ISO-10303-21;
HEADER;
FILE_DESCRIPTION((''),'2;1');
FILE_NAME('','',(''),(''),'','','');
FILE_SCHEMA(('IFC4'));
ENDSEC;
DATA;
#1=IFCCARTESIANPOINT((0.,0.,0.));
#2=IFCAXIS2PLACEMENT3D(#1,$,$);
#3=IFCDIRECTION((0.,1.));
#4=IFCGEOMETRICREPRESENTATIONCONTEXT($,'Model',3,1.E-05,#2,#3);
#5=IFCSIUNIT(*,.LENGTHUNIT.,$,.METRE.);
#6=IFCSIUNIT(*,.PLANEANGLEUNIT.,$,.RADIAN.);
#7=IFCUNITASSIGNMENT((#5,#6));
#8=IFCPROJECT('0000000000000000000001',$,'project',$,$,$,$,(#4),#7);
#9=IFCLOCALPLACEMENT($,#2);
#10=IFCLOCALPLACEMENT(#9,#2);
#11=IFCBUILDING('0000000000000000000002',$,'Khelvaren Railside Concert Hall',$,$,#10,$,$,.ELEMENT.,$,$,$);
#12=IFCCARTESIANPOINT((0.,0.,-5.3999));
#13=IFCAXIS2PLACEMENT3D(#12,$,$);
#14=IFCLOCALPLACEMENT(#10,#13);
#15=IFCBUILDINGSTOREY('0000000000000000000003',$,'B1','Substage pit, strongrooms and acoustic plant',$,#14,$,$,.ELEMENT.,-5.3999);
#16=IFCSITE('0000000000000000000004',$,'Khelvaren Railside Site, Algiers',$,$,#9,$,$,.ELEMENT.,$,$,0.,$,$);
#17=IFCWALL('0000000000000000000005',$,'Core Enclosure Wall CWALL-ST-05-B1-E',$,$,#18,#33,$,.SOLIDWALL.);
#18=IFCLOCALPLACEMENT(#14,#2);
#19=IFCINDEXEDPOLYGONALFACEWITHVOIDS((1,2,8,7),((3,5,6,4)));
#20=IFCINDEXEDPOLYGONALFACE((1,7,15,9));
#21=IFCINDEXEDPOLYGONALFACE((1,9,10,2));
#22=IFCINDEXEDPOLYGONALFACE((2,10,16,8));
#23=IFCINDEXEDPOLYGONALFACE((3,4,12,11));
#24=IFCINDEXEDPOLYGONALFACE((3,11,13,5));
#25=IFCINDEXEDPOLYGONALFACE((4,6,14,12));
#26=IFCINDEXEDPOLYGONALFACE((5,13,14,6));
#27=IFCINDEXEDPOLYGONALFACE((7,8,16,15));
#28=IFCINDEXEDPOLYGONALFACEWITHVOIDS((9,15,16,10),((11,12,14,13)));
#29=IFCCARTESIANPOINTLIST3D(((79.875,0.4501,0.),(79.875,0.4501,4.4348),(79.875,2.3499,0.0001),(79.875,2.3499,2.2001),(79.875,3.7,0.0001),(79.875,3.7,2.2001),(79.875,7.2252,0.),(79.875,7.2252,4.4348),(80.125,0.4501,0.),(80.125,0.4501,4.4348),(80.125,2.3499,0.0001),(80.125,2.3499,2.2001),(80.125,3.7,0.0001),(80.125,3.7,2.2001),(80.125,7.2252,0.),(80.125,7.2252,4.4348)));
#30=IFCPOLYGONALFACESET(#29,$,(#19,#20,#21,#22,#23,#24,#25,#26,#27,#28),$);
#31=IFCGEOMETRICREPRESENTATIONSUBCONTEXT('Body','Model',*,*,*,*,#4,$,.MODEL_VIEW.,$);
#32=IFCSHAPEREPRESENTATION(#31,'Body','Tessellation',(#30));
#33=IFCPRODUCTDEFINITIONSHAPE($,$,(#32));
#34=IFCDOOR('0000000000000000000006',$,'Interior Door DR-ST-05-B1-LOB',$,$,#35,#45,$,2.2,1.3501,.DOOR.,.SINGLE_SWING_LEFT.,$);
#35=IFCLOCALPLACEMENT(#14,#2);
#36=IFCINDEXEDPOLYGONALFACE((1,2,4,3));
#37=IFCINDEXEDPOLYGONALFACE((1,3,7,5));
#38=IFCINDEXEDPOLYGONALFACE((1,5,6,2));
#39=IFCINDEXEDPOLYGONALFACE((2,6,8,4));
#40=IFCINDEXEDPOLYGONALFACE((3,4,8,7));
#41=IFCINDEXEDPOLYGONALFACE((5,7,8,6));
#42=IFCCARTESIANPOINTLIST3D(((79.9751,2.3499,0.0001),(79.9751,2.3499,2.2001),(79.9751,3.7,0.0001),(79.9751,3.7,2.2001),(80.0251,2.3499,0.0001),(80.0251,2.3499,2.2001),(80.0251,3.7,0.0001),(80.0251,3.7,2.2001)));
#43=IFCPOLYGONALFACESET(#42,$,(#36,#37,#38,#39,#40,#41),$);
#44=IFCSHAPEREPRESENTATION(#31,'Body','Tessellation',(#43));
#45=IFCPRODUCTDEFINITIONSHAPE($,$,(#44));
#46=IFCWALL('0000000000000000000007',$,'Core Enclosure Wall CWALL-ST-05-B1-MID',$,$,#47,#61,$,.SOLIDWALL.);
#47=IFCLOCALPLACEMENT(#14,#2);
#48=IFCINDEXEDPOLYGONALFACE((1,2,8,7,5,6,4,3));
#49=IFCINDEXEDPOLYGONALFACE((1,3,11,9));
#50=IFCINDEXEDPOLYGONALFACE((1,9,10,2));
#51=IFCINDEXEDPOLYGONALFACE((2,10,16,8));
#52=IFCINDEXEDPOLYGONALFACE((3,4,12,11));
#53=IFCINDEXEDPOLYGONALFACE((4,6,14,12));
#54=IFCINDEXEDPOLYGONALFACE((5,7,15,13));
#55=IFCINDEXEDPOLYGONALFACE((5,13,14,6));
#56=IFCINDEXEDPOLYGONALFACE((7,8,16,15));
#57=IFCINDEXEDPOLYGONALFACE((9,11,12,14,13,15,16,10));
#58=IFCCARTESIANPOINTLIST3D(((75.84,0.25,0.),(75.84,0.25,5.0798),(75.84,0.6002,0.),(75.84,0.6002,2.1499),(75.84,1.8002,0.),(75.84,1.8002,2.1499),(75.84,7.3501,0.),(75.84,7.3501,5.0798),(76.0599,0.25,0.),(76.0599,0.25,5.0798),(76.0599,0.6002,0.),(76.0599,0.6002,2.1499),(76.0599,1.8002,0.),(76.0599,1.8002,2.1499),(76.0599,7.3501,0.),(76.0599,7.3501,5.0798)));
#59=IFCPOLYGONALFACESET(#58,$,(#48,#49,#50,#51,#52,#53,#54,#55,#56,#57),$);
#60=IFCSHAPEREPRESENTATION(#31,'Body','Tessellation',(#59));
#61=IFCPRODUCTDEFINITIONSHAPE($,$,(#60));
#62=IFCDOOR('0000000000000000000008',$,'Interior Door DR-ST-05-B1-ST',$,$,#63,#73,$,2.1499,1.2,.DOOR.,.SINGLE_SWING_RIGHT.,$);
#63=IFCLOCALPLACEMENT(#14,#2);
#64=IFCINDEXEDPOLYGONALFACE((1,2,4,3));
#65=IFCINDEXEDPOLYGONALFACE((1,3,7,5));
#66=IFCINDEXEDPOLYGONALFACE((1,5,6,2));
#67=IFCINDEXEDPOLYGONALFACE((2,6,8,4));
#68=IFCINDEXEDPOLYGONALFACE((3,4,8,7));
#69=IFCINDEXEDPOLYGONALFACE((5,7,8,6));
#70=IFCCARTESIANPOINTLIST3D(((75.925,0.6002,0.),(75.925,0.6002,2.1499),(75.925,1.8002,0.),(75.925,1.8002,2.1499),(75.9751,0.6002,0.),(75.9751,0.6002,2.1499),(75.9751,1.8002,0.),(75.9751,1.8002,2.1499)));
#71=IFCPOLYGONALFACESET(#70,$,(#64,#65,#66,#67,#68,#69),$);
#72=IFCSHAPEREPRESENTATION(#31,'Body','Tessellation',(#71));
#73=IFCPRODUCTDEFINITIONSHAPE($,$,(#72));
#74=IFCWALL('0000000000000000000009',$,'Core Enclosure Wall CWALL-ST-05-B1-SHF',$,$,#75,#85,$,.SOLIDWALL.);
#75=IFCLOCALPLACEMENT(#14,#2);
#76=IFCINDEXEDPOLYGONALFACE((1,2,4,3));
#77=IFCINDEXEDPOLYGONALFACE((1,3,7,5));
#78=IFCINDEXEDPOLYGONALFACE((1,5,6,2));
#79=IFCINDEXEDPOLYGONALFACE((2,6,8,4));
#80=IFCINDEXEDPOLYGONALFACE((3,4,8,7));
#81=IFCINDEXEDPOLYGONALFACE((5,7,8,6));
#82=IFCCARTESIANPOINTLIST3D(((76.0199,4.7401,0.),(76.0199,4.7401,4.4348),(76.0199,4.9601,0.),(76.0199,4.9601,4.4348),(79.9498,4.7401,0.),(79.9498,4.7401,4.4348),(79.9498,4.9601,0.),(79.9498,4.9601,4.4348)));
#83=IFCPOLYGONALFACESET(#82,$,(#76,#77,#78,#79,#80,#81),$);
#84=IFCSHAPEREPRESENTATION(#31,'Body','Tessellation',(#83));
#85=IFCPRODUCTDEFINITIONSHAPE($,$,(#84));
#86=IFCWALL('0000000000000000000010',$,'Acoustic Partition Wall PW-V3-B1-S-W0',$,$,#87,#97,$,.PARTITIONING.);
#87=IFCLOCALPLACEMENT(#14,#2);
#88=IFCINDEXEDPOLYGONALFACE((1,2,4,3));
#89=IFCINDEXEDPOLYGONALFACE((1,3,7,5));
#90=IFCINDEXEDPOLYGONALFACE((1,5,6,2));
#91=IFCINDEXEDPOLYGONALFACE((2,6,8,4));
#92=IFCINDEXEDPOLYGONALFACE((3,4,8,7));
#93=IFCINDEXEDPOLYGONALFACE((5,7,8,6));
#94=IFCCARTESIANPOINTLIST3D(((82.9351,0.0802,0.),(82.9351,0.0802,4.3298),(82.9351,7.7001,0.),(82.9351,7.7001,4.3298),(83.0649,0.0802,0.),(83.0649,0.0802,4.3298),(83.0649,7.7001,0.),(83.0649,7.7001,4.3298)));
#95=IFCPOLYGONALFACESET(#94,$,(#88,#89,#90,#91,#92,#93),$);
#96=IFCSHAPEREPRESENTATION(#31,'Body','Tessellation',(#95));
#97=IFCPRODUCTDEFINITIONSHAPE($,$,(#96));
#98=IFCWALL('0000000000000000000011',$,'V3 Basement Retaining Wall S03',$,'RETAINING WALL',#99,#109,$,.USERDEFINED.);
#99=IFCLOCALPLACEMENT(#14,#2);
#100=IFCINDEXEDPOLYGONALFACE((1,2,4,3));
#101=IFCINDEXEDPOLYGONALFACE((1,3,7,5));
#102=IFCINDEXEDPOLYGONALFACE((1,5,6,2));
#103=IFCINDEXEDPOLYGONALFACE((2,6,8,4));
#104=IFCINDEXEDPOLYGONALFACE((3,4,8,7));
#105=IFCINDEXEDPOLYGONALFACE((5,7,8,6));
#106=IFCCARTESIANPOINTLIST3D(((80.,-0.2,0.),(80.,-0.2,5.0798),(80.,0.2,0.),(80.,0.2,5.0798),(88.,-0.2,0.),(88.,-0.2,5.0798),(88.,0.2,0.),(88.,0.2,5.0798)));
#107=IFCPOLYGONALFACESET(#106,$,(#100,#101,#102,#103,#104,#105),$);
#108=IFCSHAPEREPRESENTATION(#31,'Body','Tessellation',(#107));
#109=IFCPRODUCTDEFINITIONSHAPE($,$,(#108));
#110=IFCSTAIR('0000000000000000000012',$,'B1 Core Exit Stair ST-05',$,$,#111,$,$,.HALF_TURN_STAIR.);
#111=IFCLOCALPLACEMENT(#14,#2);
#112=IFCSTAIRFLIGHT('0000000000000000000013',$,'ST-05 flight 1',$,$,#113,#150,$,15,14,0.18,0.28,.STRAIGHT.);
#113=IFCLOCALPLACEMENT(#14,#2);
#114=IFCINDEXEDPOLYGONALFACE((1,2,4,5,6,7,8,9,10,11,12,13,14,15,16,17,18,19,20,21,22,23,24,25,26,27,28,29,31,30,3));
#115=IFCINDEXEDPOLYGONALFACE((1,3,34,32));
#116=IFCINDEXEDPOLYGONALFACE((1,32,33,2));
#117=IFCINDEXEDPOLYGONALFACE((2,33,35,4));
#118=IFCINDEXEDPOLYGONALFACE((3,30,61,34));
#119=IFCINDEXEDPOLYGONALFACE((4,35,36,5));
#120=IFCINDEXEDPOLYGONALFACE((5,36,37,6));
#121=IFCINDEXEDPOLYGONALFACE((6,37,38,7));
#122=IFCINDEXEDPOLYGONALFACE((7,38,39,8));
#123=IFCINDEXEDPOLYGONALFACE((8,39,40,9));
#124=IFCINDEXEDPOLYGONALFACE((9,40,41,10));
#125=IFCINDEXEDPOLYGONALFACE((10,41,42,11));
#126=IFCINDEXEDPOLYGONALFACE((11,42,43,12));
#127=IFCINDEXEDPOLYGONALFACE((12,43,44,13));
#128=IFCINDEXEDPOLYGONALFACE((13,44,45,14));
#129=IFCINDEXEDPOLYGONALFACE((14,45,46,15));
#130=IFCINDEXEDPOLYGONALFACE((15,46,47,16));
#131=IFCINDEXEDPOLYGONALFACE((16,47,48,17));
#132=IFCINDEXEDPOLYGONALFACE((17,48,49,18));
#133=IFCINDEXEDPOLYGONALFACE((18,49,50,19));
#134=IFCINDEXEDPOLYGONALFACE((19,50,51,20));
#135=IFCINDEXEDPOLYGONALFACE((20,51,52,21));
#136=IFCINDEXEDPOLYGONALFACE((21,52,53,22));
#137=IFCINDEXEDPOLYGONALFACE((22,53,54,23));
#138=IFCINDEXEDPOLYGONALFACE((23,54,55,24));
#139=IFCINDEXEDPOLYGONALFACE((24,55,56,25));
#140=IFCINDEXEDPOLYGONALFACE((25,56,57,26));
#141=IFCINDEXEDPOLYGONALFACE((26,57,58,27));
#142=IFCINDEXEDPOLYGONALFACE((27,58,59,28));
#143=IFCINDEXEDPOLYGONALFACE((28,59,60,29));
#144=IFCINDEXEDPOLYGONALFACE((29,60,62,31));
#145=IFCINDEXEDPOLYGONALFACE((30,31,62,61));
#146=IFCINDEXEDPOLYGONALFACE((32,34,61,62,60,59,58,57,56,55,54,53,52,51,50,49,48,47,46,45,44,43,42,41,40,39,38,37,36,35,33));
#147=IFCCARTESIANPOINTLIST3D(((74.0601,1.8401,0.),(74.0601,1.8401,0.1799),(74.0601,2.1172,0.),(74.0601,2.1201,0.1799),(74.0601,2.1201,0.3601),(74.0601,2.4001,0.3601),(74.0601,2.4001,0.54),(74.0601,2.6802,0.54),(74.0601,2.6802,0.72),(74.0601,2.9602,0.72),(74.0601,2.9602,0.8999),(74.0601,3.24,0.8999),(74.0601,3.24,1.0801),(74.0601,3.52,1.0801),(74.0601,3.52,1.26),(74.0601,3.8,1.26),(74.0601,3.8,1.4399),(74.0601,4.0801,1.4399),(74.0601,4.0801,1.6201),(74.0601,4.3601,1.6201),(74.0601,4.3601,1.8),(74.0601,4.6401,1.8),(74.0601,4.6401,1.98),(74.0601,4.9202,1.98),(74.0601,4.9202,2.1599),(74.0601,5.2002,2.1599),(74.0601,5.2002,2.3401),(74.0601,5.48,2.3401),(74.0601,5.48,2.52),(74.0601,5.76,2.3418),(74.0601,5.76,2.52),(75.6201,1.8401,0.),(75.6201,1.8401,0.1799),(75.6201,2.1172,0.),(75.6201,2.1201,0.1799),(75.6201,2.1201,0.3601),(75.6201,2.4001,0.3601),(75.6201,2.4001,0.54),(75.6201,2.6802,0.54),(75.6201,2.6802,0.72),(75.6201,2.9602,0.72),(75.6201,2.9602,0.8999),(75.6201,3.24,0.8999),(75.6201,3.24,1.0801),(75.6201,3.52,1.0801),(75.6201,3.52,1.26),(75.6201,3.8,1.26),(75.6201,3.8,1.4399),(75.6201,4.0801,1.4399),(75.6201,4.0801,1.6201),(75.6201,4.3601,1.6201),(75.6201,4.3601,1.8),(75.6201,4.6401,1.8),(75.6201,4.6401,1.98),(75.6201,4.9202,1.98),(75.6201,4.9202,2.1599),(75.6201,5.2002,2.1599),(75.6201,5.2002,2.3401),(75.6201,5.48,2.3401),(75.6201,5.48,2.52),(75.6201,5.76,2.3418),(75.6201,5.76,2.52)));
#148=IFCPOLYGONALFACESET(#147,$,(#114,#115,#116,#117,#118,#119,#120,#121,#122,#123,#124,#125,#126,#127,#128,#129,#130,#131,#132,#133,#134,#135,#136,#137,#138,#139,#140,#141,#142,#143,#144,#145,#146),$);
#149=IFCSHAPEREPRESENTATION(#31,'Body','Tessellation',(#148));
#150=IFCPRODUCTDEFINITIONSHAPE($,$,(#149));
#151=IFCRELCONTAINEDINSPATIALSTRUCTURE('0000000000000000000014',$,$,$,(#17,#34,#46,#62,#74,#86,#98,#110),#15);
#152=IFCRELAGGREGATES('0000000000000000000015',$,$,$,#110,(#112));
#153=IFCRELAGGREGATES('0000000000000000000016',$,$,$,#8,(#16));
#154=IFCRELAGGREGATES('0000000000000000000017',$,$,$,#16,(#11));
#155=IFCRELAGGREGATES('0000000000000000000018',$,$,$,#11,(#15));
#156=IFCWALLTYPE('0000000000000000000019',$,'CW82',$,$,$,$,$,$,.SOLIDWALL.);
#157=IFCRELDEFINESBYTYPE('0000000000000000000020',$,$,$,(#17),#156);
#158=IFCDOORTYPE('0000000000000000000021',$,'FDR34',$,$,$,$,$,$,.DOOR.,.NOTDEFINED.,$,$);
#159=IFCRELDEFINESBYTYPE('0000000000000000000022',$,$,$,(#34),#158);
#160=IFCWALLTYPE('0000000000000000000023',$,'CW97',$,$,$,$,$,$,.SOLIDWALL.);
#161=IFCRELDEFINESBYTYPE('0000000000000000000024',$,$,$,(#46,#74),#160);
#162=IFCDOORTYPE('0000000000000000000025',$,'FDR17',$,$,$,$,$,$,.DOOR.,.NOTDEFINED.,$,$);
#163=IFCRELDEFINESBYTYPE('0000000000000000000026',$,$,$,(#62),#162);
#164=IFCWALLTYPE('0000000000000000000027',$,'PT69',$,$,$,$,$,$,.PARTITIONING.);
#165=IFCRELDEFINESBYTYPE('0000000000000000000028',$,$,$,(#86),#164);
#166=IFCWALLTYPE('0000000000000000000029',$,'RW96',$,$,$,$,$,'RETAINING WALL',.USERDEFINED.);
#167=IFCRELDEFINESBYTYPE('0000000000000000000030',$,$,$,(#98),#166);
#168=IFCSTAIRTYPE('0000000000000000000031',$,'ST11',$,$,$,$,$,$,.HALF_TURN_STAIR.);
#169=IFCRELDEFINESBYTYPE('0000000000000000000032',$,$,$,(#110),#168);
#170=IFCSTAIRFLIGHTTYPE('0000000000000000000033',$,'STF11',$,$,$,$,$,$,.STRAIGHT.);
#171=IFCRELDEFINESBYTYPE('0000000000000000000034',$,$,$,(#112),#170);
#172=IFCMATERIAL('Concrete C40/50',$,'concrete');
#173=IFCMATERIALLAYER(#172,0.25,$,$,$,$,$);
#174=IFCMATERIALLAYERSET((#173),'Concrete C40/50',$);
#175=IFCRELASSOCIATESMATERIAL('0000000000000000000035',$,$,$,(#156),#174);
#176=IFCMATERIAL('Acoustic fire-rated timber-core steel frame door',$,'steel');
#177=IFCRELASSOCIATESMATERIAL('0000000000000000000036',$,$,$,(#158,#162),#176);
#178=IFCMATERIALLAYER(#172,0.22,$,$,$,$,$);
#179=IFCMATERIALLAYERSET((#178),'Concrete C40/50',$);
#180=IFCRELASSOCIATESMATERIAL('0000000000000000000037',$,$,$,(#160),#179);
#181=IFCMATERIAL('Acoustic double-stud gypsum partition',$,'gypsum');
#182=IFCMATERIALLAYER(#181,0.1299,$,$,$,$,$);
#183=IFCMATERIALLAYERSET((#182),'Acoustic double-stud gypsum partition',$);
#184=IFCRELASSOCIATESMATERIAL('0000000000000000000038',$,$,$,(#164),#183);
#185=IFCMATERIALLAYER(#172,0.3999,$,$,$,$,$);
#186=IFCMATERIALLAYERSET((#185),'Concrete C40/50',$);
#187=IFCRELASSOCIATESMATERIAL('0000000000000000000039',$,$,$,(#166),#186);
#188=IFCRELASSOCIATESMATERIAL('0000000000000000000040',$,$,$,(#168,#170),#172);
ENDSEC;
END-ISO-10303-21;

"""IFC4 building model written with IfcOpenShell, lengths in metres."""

from ifc_helpers import new_model, si_unit, direction, frame, frame_2d, origin, place, context, subcontext, project, spatial, polyline, rectangle, outline, extrude, material, layer, layer_set, type_object, element, fill, aggregate, save


model = new_model("IFC4")

# Units and contexts
model_context = context("Model", 3, precision=1e-05, world=origin(), true_north=direction((0.0, 1.0)))
body_context = subcontext(model_context, "Body", "Model", "MODEL_VIEW")
ifc_project = project(units=[si_unit("LENGTHUNIT", "METRE"), si_unit("PLANEANGLEUNIT", "RADIAN")], contexts=[model_context])

# Site, building, storey
site_placement = place(None, origin())
site = spatial("IfcSite", under=ifc_project, at=site_placement, Name="Khelvaren Railside Site, Algiers", CompositionType="ELEMENT", RefElevation=0.0)
building_placement = place(site_placement, origin())
building = spatial("IfcBuilding", under=site, at=building_placement, Name="Khelvaren Railside Concert Hall", CompositionType="ELEMENT")
storey_placement = place(building_placement, frame((0.0, 0.0, -5.3999)))
storey = spatial("IfcBuildingStorey", under=building, at=storey_placement, Name="B1", Description="Substage pit, strongrooms and acoustic plant", CompositionType="ELEMENT", Elevation=-5.3999)

# Walls, openings, doors
ifc_material_1 = material(Name="Concrete C40/50", Category="concrete")
ifc_layer_1 = layer(ifc_material_1, 0.25)
ifc_layer_set_1 = layer_set([ifc_layer_1], Name="Concrete C40/50")
wall_type_1 = type_object("IfcWallType", Name="CW82", PredefinedType="SOLIDWALL", material=ifc_layer_set_1)
wall_1_placement = place(storey_placement, frame((80.0, 0.45, 0.0), z_axis=(0.0, 0.0, 1.0), x_axis=(0.0, 1.0, 0.0)))
wall_1 = element("IfcWall", 1, at=wall_1_placement, inside=storey, type_object=wall_type_1, Name="Core Enclosure Wall CWALL-ST-05-B1-E", PredefinedType="SOLIDWALL", context=body_context, shape_type="SweptSolid", body=[
    extrude(rectangle(XDim=6.7751, YDim=0.25, at=frame_2d((3.3877, 0.0))), origin(), (0.0, 0.0, 1.0), 4.4348),
])
opening_1_placement = place(wall_1_placement, frame((1.8999, 0.0, 0.0)))
opening_1 = element("IfcOpeningElement", 2, at=opening_1_placement, cuts=wall_1, PredefinedType="OPENING", context=body_context, shape_type="SweptSolid", body=[
    extrude(rectangle(XDim=1.3501, YDim=2.2, at=frame_2d((0.675, 1.1001))), frame((0.0, 0.135, 0.0), z_axis=(0.0, -1.0, 0.0), x_axis=(1.0, 0.0, 0.0)), (0.0, 0.0, 1.0), 0.27),
])
ifc_material_2 = material(Name="Acoustic fire-rated timber-core steel frame door", Category="steel")
door_type_1 = type_object("IfcDoorType", Name="FDR34", OperationType="NOTDEFINED", PredefinedType="DOOR", material=ifc_material_2)
door_1_placement = place(opening_1_placement, origin())
door_1 = element("IfcDoor", 3, at=door_1_placement, inside=storey, type_object=door_type_1, Name="Interior Door DR-ST-05-B1-LOB", OperationType="SINGLE_SWING_LEFT", OverallHeight=2.2, OverallWidth=1.3501, PredefinedType="DOOR", context=body_context, shape_type="SweptSolid", body=[
    extrude(rectangle(XDim=1.3501, YDim=2.2, at=frame_2d((0.675, 1.1001))), frame((0.0, 0.0249, 0.0), z_axis=(0.0, -1.0, 0.0), x_axis=(1.0, 0.0, 0.0)), (0.0, 0.0, 1.0), 0.05),
])
fill(opening_1, door_1)
ifc_layer_2 = layer(ifc_material_1, 0.22)
ifc_layer_set_2 = layer_set([ifc_layer_2], Name="Concrete C40/50")
wall_type_2 = type_object("IfcWallType", Name="CW97", PredefinedType="SOLIDWALL", material=ifc_layer_set_2)
wall_2_placement = place(storey_placement, frame((75.95, 0.25, 0.0), z_axis=(0.0, 0.0, 1.0), x_axis=(0.0, 1.0, 0.0)))
wall_2 = element("IfcWall", 4, at=wall_2_placement, inside=storey, type_object=wall_type_2, Name="Core Enclosure Wall CWALL-ST-05-B1-MID", PredefinedType="SOLIDWALL", context=body_context, shape_type="SweptSolid", body=[
    extrude(rectangle(XDim=7.1001, YDim=0.22, at=frame_2d((3.55, 0.0))), origin(), (0.0, 0.0, 1.0), 5.0798),
])
opening_2_placement = place(wall_2_placement, frame((0.3501, 0.0, 0.0)))
opening_2 = element("IfcOpeningElement", 5, at=opening_2_placement, cuts=wall_2, PredefinedType="OPENING", context=body_context, shape_type="SweptSolid", body=[
    extrude(rectangle(XDim=1.2, YDim=2.1499, at=frame_2d((0.6001, 1.075))), frame((0.0, 0.1199, 0.0), z_axis=(0.0, -1.0, 0.0), x_axis=(1.0, 0.0, 0.0)), (0.0, 0.0, 1.0), 0.24),
])
door_type_2 = type_object("IfcDoorType", Name="FDR17", OperationType="NOTDEFINED", PredefinedType="DOOR", material=ifc_material_2)
door_2_placement = place(opening_2_placement, origin())
door_2 = element("IfcDoor", 6, at=door_2_placement, inside=storey, type_object=door_type_2, Name="Interior Door DR-ST-05-B1-ST", OperationType="SINGLE_SWING_RIGHT", OverallHeight=2.1499, OverallWidth=1.2, PredefinedType="DOOR", context=body_context, shape_type="SweptSolid", body=[
    extrude(rectangle(XDim=1.2, YDim=2.1499, at=frame_2d((0.6001, 1.075))), frame((0.0, 0.0249, 0.0), z_axis=(0.0, -1.0, 0.0), x_axis=(1.0, 0.0, 0.0)), (0.0, 0.0, 1.0), 0.05),
])
fill(opening_2, door_2)

# Walls
wall_3_placement = place(storey_placement, frame((76.02, 4.8501, 0.0), z_axis=(0.0, 0.0, 1.0), x_axis=(1.0, 0.0, 0.0)))
element("IfcWall", 7, at=wall_3_placement, inside=storey, type_object=wall_type_2, Name="Core Enclosure Wall CWALL-ST-05-B1-SHF", PredefinedType="SOLIDWALL", context=body_context, shape_type="SweptSolid", body=[
    extrude(rectangle(XDim=3.9299, YDim=0.22, at=frame_2d((1.9648, 0.0))), origin(), (0.0, 0.0, 1.0), 4.4348),
])
ifc_material_3 = material(Name="Acoustic double-stud gypsum partition", Category="gypsum")
ifc_layer_3 = layer(ifc_material_3, 0.1299)
ifc_layer_set_3 = layer_set([ifc_layer_3], Name="Acoustic double-stud gypsum partition")
wall_type_3 = type_object("IfcWallType", Name="PT69", PredefinedType="PARTITIONING", material=ifc_layer_set_3)
wall_4_placement = place(storey_placement, frame((83.0, 0.0801, 0.0), z_axis=(0.0, 0.0, 1.0), x_axis=(0.0, 1.0, 0.0)))
element("IfcWall", 8, at=wall_4_placement, inside=storey, type_object=wall_type_3, Name="Acoustic Partition Wall PW-V3-B1-S-W0", PredefinedType="PARTITIONING", context=body_context, shape_type="SweptSolid", body=[
    extrude(rectangle(XDim=7.6199, YDim=0.1299, at=frame_2d((3.8101, 0.0))), origin(), (0.0, 0.0, 1.0), 4.3298),
])
ifc_layer_4 = layer(ifc_material_1, 0.3999)
ifc_layer_set_4 = layer_set([ifc_layer_4], Name="Concrete C40/50")
wall_type_4 = type_object("IfcWallType", Name="RW96", ElementType="RETAINING WALL", PredefinedType="USERDEFINED", material=ifc_layer_set_4)
wall_5_placement = place(storey_placement, frame((80.0, 0.0, 0.0), z_axis=(0.0, 0.0, 1.0), x_axis=(1.0, 0.0, 0.0)))
element("IfcWall", 9, at=wall_5_placement, inside=storey, type_object=wall_type_4, Name="V3 Basement Retaining Wall S03", ObjectType="RETAINING WALL", PredefinedType="USERDEFINED", context=body_context, shape_type="SweptSolid", body=[
    extrude(rectangle(XDim=8.0, YDim=0.3999, at=frame_2d((4.0, 0.0))), origin(), (0.0, 0.0, 1.0), 5.0798),
])

# Stair, stair flight
stair_type = type_object("IfcStairType", Name="ST11", PredefinedType="HALF_TURN_STAIR", material=ifc_material_1)
stair_placement = place(storey_placement, origin())
stair = element("IfcStair", 10, at=stair_placement, inside=storey, type_object=stair_type, Name="B1 Core Exit Stair ST-05", PredefinedType="HALF_TURN_STAIR")
stair_flight_type = type_object("IfcStairFlightType", Name="STF11", PredefinedType="STRAIGHT", material=ifc_material_1)
stair_flight_placement = place(storey_placement, frame((74.8401, 1.8401, 0.0), z_axis=(0.0, 0.0, 1.0), x_axis=(0.0, 1.0, 0.0)))
stair_flight = element("IfcStairFlight", 11, at=stair_flight_placement, type_object=stair_flight_type, Name="ST-05 flight 1", NumberOfRisers=15, NumberOfTreads=14, PredefinedType="STRAIGHT", RiserHeight=0.18, TreadLength=0.28, context=body_context, shape_type="SweptSolid", body=[
    extrude(outline(polyline([(0.0, 0.0), (0.0, 0.1799), (0.28, 0.1799), (0.28, 0.3601), (0.5601, 0.3601), (0.5601, 0.54), (0.8401, 0.54), (0.8401, 0.72), (1.1201, 0.72), (1.1201, 0.8999), (1.3999, 0.8999), (1.3999, 1.0801), (1.6799, 1.0801), (1.6799, 1.26), (1.96, 1.26), (1.96, 1.4399), (2.24, 1.4399), (2.24, 1.6201), (2.52, 1.6201), (2.52, 1.8), (2.8, 1.8), (2.8, 1.98), (3.0801, 1.98), (3.0801, 2.1599), (3.3601, 2.1599), (3.3601, 2.3401), (3.6399, 2.3401), (3.6399, 2.52), (3.9199, 2.52), (3.9199, 2.7), (3.9199, 2.3418), (0.2771, 0.0), (0.0, 0.0)])), frame((0.0, 0.78, 0.0), z_axis=(0.0, -1.0, 0.0), x_axis=(1.0, 0.0, 0.0)), (0.0, 0.0, 1.0), 1.5601),
])
aggregate(stair, [stair_flight])

save(model, "model.ifc")
